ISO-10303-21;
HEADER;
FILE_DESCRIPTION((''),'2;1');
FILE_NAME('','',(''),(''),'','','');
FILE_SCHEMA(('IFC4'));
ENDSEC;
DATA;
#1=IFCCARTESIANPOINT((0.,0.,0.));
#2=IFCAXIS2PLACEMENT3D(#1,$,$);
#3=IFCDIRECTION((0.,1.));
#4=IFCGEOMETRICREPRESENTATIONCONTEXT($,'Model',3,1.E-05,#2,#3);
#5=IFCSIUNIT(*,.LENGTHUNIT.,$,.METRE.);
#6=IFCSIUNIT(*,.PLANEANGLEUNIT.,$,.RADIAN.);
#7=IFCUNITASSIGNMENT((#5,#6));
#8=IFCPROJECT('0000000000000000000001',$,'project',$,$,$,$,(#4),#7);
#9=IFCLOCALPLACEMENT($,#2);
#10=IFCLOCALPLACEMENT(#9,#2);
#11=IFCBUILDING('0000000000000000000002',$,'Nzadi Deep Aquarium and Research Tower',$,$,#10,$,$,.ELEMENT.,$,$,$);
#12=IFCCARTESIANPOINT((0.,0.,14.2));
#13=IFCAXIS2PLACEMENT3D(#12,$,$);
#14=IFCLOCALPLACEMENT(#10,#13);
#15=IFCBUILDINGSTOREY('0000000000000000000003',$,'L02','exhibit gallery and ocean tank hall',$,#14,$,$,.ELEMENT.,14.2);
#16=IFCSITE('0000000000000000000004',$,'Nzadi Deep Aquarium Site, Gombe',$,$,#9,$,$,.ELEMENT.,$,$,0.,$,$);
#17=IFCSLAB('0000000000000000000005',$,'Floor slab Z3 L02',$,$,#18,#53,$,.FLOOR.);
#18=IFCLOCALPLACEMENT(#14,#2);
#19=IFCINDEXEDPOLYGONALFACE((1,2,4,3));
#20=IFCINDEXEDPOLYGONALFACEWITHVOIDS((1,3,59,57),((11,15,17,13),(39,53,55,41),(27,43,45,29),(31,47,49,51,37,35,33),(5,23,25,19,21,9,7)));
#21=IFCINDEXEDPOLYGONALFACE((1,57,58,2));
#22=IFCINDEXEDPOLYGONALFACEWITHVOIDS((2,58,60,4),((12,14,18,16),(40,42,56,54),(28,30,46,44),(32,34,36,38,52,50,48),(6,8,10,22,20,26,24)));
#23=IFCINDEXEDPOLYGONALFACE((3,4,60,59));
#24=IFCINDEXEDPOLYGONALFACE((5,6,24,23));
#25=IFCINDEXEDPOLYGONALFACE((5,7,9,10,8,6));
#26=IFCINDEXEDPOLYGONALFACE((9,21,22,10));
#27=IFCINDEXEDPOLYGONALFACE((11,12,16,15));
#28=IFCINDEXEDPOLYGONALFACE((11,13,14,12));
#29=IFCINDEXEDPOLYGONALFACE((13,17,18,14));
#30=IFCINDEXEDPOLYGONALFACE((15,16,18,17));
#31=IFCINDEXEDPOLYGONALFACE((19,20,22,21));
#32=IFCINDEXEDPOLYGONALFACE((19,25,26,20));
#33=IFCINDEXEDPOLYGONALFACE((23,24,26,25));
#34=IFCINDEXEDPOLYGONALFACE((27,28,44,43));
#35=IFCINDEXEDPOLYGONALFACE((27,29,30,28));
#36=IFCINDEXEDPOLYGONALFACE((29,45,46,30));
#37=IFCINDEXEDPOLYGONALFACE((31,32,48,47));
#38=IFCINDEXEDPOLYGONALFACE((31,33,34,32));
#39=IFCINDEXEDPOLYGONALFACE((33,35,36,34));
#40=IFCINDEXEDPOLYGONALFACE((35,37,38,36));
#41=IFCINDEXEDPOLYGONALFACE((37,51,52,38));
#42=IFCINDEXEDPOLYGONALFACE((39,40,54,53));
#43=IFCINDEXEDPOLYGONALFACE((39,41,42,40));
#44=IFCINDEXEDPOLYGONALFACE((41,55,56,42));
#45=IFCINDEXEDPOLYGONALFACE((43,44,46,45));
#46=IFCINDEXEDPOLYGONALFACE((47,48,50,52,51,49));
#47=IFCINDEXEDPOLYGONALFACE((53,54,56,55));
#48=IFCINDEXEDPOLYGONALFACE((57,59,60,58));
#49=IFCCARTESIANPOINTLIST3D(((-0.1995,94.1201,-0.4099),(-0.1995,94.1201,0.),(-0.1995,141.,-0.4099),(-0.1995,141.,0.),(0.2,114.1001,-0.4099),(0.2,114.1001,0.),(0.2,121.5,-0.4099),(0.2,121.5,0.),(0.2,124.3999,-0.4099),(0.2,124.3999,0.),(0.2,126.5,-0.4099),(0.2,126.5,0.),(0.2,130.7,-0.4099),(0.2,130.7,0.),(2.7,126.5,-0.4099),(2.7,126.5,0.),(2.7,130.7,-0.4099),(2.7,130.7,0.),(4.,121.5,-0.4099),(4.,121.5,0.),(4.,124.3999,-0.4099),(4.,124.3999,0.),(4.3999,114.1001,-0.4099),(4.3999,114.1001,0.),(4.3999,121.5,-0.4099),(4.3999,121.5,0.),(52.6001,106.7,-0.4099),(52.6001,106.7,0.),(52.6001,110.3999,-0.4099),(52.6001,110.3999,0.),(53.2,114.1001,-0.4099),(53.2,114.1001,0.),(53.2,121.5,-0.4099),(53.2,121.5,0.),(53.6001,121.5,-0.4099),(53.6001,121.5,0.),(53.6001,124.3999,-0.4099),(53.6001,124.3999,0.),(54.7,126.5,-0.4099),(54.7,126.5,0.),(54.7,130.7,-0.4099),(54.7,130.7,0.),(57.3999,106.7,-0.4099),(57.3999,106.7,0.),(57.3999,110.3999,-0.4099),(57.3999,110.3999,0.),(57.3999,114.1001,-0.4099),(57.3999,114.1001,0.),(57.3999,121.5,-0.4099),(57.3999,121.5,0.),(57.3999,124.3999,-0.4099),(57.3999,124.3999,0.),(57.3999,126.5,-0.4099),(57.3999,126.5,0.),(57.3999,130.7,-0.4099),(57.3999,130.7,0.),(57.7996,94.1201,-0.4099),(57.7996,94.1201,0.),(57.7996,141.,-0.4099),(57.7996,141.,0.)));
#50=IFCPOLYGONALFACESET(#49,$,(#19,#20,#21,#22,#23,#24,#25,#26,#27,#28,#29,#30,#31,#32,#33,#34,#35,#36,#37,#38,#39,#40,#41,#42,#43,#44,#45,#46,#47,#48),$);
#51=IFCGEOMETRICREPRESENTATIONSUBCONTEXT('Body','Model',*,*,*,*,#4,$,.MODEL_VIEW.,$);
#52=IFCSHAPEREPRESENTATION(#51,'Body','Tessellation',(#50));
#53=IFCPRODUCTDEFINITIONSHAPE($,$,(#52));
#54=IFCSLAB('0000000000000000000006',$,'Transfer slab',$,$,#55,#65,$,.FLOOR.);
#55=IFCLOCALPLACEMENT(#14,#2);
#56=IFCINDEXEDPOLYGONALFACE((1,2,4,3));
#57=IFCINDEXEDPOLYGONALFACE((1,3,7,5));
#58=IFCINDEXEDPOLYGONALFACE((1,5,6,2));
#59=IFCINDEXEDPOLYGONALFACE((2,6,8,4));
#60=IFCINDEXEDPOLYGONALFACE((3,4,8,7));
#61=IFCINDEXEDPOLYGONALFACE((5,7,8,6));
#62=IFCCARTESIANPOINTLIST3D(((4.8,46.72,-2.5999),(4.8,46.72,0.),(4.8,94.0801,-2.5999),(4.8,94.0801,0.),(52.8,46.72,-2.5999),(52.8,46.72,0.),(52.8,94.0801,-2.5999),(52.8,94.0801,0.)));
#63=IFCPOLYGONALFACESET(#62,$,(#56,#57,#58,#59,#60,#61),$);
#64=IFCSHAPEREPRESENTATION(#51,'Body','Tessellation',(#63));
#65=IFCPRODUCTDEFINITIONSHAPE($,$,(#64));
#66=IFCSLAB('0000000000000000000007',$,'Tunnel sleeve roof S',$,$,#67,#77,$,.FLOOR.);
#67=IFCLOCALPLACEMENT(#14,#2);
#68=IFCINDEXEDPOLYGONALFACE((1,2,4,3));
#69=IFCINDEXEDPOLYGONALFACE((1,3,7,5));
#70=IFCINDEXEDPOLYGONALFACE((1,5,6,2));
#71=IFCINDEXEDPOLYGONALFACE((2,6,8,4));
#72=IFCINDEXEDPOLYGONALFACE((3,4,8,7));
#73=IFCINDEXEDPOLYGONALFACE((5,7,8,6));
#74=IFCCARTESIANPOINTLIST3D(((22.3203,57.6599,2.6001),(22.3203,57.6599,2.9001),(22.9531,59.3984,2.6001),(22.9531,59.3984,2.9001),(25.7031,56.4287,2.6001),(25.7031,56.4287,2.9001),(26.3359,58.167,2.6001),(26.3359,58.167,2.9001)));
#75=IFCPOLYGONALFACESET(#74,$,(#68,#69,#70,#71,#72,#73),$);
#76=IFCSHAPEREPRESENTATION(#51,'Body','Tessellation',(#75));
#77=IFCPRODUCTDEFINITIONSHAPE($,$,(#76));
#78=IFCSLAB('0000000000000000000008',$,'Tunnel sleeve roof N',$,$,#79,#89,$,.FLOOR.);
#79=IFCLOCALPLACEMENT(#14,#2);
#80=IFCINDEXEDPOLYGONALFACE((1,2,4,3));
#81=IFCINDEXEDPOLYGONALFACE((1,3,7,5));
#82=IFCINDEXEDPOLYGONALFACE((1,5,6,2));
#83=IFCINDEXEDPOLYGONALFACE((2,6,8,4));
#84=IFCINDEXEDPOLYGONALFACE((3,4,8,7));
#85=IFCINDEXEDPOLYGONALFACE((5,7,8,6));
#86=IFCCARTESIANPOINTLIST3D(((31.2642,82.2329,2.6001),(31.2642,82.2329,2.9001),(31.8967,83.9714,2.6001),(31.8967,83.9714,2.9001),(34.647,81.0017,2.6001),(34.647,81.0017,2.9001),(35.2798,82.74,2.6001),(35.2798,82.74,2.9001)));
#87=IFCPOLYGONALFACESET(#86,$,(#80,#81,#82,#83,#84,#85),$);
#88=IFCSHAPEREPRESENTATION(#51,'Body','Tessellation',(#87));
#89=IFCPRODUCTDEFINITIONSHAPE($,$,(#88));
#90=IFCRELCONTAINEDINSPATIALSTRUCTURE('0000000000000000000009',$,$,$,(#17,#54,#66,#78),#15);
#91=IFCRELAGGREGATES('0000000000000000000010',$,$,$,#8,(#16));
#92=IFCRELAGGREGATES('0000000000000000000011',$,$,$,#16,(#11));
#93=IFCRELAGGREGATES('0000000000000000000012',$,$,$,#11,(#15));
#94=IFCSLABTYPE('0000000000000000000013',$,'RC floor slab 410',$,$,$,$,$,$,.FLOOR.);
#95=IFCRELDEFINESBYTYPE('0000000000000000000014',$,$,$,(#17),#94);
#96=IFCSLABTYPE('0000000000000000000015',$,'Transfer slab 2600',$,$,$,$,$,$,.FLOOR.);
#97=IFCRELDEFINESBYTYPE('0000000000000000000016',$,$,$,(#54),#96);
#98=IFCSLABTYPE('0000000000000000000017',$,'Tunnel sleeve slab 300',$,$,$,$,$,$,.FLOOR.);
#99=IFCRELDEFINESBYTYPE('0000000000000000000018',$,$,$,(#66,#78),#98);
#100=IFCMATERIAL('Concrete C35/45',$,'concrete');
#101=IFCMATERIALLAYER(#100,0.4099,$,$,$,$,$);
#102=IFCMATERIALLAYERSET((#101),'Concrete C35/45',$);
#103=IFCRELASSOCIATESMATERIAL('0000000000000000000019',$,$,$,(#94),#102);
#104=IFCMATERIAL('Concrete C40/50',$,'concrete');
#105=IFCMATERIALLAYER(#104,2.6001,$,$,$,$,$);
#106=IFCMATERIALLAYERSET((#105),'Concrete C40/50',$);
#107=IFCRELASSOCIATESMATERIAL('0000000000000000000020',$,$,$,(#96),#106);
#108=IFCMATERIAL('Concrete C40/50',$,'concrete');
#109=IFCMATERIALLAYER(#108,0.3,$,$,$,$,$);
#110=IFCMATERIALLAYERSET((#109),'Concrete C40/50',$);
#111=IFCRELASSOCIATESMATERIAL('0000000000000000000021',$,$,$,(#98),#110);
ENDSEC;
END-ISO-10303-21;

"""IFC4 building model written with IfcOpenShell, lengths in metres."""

from ifc_helpers import new_model, si_unit, direction, frame, origin, place, context, subcontext, project, spatial, polyline, outline, extrude, material, layer, layer_set, type_object, element, save


model = new_model("IFC4")

# Units and contexts
model_context = context("Model", 3, precision=1e-05, world=origin(), true_north=direction((0.0, 1.0)))
body_context = subcontext(model_context, "Body", "Model", "MODEL_VIEW")
ifc_project = project(units=[si_unit("LENGTHUNIT", "METRE"), si_unit("PLANEANGLEUNIT", "RADIAN")], contexts=[model_context])

# Site, building, storey
site_placement = place(None, origin())
site = spatial("IfcSite", under=ifc_project, at=site_placement, Name="Nzadi Deep Aquarium Site, Gombe", CompositionType="ELEMENT", RefElevation=0.0)
building_placement = place(site_placement, origin())
building = spatial("IfcBuilding", under=site, at=building_placement, Name="Nzadi Deep Aquarium and Research Tower", CompositionType="ELEMENT")
storey_placement = place(building_placement, frame((0.0, 0.0, 14.2)))
storey = spatial("IfcBuildingStorey", under=building, at=storey_placement, Name="L02", Description="exhibit gallery and ocean tank hall", CompositionType="ELEMENT", Elevation=14.2)

# Slabs
ifc_material_1 = material(Name="Concrete C35/45", Category="concrete")
ifc_layer_1 = layer(ifc_material_1, 0.4099)
ifc_layer_set_1 = layer_set([ifc_layer_1], Name="Concrete C35/45")
slab_type_1 = type_object("IfcSlabType", Name="RC floor slab 410", PredefinedType="FLOOR", material=ifc_layer_set_1)
slab_1_placement = place(storey_placement, frame((0.0, 0.0, -0.4099)))
element("IfcSlab", 1, at=slab_1_placement, inside=storey, type_object=slab_type_1, Name="Floor slab Z3 L02", PredefinedType="FLOOR", context=body_context, shape_type="SweptSolid", body=[
    extrude(outline(polyline([(57.7996, 141.0), (-0.1995, 141.0), (-0.1995, 94.1201), (57.7996, 94.1201), (57.7996, 141.0)]), holes=[polyline([(4.0, 124.3999), (4.0, 121.5), (4.3999, 121.5), (4.3999, 114.1001), (0.2, 114.1001), (0.2, 121.5), (0.2, 124.3999), (4.0, 124.3999)]), polyline([(57.3999, 124.3999), (57.3999, 121.5), (57.3999, 114.1001), (53.2, 114.1001), (53.2, 121.5), (53.6001, 121.5), (53.6001, 124.3999), (57.3999, 124.3999)]), polyline([(52.6001, 106.7), (52.6001, 110.3999), (57.3999, 110.3999), (57.3999, 106.7), (52.6001, 106.7)]), polyline([(0.2, 130.7), (2.7, 130.7), (2.7, 126.5), (0.2, 126.5), (0.2, 130.7)]), polyline([(57.3999, 130.7), (57.3999, 126.5), (54.7, 126.5), (54.7, 130.7), (57.3999, 130.7)])]), origin(), (0.0, 0.0, 1.0), 0.4099),
])
ifc_material_2 = material(Name="Concrete C40/50", Category="concrete")
ifc_layer_2 = layer(ifc_material_2, 2.6001)
ifc_layer_set_2 = layer_set([ifc_layer_2], Name="Concrete C40/50")
slab_type_2 = type_object("IfcSlabType", Name="Transfer slab 2600", PredefinedType="FLOOR", material=ifc_layer_set_2)
slab_2_placement = place(storey_placement, frame((0.0, 0.0, -2.5999)))
element("IfcSlab", 2, at=slab_2_placement, inside=storey, type_object=slab_type_2, Name="Transfer slab", PredefinedType="FLOOR", context=body_context, shape_type="SweptSolid", body=[
    extrude(outline(polyline([(52.8, 46.72), (52.8, 94.0801), (4.8, 94.0801), (4.8, 46.72), (52.8, 46.72)])), origin(), (0.0, 0.0, 1.0), 2.5999),
])
ifc_material_3 = material(Name="Concrete C40/50", Category="concrete")
ifc_layer_3 = layer(ifc_material_3, 0.3)
ifc_layer_set_3 = layer_set([ifc_layer_3], Name="Concrete C40/50")
slab_type_3 = type_object("IfcSlabType", Name="Tunnel sleeve slab 300", PredefinedType="FLOOR", material=ifc_layer_set_3)
slab_3_placement = place(storey_placement, frame((0.0, 0.0, 2.6001)))
element("IfcSlab", 3, at=slab_3_placement, inside=storey, type_object=slab_type_3, Name="Tunnel sleeve roof S", PredefinedType="FLOOR", context=body_context, shape_type="SweptSolid", body=[
    extrude(outline(polyline([(22.3203, 57.6599), (25.7031, 56.4287), (26.3359, 58.167), (22.9531, 59.3984), (22.3203, 57.6599)])), origin(), (0.0, 0.0, 1.0), 0.3),
])
slab_4_placement = place(storey_placement, frame((0.0, 0.0, 2.6001)))
element("IfcSlab", 4, at=slab_4_placement, inside=storey, type_object=slab_type_3, Name="Tunnel sleeve roof N", PredefinedType="FLOOR", context=body_context, shape_type="SweptSolid", body=[
    extrude(outline(polyline([(31.2642, 82.2329), (34.647, 81.0017), (35.2798, 82.74), (31.8967, 83.9714), (31.2642, 82.2329)])), origin(), (0.0, 0.0, 1.0), 0.3),
])

save(model, "model.ifc")
